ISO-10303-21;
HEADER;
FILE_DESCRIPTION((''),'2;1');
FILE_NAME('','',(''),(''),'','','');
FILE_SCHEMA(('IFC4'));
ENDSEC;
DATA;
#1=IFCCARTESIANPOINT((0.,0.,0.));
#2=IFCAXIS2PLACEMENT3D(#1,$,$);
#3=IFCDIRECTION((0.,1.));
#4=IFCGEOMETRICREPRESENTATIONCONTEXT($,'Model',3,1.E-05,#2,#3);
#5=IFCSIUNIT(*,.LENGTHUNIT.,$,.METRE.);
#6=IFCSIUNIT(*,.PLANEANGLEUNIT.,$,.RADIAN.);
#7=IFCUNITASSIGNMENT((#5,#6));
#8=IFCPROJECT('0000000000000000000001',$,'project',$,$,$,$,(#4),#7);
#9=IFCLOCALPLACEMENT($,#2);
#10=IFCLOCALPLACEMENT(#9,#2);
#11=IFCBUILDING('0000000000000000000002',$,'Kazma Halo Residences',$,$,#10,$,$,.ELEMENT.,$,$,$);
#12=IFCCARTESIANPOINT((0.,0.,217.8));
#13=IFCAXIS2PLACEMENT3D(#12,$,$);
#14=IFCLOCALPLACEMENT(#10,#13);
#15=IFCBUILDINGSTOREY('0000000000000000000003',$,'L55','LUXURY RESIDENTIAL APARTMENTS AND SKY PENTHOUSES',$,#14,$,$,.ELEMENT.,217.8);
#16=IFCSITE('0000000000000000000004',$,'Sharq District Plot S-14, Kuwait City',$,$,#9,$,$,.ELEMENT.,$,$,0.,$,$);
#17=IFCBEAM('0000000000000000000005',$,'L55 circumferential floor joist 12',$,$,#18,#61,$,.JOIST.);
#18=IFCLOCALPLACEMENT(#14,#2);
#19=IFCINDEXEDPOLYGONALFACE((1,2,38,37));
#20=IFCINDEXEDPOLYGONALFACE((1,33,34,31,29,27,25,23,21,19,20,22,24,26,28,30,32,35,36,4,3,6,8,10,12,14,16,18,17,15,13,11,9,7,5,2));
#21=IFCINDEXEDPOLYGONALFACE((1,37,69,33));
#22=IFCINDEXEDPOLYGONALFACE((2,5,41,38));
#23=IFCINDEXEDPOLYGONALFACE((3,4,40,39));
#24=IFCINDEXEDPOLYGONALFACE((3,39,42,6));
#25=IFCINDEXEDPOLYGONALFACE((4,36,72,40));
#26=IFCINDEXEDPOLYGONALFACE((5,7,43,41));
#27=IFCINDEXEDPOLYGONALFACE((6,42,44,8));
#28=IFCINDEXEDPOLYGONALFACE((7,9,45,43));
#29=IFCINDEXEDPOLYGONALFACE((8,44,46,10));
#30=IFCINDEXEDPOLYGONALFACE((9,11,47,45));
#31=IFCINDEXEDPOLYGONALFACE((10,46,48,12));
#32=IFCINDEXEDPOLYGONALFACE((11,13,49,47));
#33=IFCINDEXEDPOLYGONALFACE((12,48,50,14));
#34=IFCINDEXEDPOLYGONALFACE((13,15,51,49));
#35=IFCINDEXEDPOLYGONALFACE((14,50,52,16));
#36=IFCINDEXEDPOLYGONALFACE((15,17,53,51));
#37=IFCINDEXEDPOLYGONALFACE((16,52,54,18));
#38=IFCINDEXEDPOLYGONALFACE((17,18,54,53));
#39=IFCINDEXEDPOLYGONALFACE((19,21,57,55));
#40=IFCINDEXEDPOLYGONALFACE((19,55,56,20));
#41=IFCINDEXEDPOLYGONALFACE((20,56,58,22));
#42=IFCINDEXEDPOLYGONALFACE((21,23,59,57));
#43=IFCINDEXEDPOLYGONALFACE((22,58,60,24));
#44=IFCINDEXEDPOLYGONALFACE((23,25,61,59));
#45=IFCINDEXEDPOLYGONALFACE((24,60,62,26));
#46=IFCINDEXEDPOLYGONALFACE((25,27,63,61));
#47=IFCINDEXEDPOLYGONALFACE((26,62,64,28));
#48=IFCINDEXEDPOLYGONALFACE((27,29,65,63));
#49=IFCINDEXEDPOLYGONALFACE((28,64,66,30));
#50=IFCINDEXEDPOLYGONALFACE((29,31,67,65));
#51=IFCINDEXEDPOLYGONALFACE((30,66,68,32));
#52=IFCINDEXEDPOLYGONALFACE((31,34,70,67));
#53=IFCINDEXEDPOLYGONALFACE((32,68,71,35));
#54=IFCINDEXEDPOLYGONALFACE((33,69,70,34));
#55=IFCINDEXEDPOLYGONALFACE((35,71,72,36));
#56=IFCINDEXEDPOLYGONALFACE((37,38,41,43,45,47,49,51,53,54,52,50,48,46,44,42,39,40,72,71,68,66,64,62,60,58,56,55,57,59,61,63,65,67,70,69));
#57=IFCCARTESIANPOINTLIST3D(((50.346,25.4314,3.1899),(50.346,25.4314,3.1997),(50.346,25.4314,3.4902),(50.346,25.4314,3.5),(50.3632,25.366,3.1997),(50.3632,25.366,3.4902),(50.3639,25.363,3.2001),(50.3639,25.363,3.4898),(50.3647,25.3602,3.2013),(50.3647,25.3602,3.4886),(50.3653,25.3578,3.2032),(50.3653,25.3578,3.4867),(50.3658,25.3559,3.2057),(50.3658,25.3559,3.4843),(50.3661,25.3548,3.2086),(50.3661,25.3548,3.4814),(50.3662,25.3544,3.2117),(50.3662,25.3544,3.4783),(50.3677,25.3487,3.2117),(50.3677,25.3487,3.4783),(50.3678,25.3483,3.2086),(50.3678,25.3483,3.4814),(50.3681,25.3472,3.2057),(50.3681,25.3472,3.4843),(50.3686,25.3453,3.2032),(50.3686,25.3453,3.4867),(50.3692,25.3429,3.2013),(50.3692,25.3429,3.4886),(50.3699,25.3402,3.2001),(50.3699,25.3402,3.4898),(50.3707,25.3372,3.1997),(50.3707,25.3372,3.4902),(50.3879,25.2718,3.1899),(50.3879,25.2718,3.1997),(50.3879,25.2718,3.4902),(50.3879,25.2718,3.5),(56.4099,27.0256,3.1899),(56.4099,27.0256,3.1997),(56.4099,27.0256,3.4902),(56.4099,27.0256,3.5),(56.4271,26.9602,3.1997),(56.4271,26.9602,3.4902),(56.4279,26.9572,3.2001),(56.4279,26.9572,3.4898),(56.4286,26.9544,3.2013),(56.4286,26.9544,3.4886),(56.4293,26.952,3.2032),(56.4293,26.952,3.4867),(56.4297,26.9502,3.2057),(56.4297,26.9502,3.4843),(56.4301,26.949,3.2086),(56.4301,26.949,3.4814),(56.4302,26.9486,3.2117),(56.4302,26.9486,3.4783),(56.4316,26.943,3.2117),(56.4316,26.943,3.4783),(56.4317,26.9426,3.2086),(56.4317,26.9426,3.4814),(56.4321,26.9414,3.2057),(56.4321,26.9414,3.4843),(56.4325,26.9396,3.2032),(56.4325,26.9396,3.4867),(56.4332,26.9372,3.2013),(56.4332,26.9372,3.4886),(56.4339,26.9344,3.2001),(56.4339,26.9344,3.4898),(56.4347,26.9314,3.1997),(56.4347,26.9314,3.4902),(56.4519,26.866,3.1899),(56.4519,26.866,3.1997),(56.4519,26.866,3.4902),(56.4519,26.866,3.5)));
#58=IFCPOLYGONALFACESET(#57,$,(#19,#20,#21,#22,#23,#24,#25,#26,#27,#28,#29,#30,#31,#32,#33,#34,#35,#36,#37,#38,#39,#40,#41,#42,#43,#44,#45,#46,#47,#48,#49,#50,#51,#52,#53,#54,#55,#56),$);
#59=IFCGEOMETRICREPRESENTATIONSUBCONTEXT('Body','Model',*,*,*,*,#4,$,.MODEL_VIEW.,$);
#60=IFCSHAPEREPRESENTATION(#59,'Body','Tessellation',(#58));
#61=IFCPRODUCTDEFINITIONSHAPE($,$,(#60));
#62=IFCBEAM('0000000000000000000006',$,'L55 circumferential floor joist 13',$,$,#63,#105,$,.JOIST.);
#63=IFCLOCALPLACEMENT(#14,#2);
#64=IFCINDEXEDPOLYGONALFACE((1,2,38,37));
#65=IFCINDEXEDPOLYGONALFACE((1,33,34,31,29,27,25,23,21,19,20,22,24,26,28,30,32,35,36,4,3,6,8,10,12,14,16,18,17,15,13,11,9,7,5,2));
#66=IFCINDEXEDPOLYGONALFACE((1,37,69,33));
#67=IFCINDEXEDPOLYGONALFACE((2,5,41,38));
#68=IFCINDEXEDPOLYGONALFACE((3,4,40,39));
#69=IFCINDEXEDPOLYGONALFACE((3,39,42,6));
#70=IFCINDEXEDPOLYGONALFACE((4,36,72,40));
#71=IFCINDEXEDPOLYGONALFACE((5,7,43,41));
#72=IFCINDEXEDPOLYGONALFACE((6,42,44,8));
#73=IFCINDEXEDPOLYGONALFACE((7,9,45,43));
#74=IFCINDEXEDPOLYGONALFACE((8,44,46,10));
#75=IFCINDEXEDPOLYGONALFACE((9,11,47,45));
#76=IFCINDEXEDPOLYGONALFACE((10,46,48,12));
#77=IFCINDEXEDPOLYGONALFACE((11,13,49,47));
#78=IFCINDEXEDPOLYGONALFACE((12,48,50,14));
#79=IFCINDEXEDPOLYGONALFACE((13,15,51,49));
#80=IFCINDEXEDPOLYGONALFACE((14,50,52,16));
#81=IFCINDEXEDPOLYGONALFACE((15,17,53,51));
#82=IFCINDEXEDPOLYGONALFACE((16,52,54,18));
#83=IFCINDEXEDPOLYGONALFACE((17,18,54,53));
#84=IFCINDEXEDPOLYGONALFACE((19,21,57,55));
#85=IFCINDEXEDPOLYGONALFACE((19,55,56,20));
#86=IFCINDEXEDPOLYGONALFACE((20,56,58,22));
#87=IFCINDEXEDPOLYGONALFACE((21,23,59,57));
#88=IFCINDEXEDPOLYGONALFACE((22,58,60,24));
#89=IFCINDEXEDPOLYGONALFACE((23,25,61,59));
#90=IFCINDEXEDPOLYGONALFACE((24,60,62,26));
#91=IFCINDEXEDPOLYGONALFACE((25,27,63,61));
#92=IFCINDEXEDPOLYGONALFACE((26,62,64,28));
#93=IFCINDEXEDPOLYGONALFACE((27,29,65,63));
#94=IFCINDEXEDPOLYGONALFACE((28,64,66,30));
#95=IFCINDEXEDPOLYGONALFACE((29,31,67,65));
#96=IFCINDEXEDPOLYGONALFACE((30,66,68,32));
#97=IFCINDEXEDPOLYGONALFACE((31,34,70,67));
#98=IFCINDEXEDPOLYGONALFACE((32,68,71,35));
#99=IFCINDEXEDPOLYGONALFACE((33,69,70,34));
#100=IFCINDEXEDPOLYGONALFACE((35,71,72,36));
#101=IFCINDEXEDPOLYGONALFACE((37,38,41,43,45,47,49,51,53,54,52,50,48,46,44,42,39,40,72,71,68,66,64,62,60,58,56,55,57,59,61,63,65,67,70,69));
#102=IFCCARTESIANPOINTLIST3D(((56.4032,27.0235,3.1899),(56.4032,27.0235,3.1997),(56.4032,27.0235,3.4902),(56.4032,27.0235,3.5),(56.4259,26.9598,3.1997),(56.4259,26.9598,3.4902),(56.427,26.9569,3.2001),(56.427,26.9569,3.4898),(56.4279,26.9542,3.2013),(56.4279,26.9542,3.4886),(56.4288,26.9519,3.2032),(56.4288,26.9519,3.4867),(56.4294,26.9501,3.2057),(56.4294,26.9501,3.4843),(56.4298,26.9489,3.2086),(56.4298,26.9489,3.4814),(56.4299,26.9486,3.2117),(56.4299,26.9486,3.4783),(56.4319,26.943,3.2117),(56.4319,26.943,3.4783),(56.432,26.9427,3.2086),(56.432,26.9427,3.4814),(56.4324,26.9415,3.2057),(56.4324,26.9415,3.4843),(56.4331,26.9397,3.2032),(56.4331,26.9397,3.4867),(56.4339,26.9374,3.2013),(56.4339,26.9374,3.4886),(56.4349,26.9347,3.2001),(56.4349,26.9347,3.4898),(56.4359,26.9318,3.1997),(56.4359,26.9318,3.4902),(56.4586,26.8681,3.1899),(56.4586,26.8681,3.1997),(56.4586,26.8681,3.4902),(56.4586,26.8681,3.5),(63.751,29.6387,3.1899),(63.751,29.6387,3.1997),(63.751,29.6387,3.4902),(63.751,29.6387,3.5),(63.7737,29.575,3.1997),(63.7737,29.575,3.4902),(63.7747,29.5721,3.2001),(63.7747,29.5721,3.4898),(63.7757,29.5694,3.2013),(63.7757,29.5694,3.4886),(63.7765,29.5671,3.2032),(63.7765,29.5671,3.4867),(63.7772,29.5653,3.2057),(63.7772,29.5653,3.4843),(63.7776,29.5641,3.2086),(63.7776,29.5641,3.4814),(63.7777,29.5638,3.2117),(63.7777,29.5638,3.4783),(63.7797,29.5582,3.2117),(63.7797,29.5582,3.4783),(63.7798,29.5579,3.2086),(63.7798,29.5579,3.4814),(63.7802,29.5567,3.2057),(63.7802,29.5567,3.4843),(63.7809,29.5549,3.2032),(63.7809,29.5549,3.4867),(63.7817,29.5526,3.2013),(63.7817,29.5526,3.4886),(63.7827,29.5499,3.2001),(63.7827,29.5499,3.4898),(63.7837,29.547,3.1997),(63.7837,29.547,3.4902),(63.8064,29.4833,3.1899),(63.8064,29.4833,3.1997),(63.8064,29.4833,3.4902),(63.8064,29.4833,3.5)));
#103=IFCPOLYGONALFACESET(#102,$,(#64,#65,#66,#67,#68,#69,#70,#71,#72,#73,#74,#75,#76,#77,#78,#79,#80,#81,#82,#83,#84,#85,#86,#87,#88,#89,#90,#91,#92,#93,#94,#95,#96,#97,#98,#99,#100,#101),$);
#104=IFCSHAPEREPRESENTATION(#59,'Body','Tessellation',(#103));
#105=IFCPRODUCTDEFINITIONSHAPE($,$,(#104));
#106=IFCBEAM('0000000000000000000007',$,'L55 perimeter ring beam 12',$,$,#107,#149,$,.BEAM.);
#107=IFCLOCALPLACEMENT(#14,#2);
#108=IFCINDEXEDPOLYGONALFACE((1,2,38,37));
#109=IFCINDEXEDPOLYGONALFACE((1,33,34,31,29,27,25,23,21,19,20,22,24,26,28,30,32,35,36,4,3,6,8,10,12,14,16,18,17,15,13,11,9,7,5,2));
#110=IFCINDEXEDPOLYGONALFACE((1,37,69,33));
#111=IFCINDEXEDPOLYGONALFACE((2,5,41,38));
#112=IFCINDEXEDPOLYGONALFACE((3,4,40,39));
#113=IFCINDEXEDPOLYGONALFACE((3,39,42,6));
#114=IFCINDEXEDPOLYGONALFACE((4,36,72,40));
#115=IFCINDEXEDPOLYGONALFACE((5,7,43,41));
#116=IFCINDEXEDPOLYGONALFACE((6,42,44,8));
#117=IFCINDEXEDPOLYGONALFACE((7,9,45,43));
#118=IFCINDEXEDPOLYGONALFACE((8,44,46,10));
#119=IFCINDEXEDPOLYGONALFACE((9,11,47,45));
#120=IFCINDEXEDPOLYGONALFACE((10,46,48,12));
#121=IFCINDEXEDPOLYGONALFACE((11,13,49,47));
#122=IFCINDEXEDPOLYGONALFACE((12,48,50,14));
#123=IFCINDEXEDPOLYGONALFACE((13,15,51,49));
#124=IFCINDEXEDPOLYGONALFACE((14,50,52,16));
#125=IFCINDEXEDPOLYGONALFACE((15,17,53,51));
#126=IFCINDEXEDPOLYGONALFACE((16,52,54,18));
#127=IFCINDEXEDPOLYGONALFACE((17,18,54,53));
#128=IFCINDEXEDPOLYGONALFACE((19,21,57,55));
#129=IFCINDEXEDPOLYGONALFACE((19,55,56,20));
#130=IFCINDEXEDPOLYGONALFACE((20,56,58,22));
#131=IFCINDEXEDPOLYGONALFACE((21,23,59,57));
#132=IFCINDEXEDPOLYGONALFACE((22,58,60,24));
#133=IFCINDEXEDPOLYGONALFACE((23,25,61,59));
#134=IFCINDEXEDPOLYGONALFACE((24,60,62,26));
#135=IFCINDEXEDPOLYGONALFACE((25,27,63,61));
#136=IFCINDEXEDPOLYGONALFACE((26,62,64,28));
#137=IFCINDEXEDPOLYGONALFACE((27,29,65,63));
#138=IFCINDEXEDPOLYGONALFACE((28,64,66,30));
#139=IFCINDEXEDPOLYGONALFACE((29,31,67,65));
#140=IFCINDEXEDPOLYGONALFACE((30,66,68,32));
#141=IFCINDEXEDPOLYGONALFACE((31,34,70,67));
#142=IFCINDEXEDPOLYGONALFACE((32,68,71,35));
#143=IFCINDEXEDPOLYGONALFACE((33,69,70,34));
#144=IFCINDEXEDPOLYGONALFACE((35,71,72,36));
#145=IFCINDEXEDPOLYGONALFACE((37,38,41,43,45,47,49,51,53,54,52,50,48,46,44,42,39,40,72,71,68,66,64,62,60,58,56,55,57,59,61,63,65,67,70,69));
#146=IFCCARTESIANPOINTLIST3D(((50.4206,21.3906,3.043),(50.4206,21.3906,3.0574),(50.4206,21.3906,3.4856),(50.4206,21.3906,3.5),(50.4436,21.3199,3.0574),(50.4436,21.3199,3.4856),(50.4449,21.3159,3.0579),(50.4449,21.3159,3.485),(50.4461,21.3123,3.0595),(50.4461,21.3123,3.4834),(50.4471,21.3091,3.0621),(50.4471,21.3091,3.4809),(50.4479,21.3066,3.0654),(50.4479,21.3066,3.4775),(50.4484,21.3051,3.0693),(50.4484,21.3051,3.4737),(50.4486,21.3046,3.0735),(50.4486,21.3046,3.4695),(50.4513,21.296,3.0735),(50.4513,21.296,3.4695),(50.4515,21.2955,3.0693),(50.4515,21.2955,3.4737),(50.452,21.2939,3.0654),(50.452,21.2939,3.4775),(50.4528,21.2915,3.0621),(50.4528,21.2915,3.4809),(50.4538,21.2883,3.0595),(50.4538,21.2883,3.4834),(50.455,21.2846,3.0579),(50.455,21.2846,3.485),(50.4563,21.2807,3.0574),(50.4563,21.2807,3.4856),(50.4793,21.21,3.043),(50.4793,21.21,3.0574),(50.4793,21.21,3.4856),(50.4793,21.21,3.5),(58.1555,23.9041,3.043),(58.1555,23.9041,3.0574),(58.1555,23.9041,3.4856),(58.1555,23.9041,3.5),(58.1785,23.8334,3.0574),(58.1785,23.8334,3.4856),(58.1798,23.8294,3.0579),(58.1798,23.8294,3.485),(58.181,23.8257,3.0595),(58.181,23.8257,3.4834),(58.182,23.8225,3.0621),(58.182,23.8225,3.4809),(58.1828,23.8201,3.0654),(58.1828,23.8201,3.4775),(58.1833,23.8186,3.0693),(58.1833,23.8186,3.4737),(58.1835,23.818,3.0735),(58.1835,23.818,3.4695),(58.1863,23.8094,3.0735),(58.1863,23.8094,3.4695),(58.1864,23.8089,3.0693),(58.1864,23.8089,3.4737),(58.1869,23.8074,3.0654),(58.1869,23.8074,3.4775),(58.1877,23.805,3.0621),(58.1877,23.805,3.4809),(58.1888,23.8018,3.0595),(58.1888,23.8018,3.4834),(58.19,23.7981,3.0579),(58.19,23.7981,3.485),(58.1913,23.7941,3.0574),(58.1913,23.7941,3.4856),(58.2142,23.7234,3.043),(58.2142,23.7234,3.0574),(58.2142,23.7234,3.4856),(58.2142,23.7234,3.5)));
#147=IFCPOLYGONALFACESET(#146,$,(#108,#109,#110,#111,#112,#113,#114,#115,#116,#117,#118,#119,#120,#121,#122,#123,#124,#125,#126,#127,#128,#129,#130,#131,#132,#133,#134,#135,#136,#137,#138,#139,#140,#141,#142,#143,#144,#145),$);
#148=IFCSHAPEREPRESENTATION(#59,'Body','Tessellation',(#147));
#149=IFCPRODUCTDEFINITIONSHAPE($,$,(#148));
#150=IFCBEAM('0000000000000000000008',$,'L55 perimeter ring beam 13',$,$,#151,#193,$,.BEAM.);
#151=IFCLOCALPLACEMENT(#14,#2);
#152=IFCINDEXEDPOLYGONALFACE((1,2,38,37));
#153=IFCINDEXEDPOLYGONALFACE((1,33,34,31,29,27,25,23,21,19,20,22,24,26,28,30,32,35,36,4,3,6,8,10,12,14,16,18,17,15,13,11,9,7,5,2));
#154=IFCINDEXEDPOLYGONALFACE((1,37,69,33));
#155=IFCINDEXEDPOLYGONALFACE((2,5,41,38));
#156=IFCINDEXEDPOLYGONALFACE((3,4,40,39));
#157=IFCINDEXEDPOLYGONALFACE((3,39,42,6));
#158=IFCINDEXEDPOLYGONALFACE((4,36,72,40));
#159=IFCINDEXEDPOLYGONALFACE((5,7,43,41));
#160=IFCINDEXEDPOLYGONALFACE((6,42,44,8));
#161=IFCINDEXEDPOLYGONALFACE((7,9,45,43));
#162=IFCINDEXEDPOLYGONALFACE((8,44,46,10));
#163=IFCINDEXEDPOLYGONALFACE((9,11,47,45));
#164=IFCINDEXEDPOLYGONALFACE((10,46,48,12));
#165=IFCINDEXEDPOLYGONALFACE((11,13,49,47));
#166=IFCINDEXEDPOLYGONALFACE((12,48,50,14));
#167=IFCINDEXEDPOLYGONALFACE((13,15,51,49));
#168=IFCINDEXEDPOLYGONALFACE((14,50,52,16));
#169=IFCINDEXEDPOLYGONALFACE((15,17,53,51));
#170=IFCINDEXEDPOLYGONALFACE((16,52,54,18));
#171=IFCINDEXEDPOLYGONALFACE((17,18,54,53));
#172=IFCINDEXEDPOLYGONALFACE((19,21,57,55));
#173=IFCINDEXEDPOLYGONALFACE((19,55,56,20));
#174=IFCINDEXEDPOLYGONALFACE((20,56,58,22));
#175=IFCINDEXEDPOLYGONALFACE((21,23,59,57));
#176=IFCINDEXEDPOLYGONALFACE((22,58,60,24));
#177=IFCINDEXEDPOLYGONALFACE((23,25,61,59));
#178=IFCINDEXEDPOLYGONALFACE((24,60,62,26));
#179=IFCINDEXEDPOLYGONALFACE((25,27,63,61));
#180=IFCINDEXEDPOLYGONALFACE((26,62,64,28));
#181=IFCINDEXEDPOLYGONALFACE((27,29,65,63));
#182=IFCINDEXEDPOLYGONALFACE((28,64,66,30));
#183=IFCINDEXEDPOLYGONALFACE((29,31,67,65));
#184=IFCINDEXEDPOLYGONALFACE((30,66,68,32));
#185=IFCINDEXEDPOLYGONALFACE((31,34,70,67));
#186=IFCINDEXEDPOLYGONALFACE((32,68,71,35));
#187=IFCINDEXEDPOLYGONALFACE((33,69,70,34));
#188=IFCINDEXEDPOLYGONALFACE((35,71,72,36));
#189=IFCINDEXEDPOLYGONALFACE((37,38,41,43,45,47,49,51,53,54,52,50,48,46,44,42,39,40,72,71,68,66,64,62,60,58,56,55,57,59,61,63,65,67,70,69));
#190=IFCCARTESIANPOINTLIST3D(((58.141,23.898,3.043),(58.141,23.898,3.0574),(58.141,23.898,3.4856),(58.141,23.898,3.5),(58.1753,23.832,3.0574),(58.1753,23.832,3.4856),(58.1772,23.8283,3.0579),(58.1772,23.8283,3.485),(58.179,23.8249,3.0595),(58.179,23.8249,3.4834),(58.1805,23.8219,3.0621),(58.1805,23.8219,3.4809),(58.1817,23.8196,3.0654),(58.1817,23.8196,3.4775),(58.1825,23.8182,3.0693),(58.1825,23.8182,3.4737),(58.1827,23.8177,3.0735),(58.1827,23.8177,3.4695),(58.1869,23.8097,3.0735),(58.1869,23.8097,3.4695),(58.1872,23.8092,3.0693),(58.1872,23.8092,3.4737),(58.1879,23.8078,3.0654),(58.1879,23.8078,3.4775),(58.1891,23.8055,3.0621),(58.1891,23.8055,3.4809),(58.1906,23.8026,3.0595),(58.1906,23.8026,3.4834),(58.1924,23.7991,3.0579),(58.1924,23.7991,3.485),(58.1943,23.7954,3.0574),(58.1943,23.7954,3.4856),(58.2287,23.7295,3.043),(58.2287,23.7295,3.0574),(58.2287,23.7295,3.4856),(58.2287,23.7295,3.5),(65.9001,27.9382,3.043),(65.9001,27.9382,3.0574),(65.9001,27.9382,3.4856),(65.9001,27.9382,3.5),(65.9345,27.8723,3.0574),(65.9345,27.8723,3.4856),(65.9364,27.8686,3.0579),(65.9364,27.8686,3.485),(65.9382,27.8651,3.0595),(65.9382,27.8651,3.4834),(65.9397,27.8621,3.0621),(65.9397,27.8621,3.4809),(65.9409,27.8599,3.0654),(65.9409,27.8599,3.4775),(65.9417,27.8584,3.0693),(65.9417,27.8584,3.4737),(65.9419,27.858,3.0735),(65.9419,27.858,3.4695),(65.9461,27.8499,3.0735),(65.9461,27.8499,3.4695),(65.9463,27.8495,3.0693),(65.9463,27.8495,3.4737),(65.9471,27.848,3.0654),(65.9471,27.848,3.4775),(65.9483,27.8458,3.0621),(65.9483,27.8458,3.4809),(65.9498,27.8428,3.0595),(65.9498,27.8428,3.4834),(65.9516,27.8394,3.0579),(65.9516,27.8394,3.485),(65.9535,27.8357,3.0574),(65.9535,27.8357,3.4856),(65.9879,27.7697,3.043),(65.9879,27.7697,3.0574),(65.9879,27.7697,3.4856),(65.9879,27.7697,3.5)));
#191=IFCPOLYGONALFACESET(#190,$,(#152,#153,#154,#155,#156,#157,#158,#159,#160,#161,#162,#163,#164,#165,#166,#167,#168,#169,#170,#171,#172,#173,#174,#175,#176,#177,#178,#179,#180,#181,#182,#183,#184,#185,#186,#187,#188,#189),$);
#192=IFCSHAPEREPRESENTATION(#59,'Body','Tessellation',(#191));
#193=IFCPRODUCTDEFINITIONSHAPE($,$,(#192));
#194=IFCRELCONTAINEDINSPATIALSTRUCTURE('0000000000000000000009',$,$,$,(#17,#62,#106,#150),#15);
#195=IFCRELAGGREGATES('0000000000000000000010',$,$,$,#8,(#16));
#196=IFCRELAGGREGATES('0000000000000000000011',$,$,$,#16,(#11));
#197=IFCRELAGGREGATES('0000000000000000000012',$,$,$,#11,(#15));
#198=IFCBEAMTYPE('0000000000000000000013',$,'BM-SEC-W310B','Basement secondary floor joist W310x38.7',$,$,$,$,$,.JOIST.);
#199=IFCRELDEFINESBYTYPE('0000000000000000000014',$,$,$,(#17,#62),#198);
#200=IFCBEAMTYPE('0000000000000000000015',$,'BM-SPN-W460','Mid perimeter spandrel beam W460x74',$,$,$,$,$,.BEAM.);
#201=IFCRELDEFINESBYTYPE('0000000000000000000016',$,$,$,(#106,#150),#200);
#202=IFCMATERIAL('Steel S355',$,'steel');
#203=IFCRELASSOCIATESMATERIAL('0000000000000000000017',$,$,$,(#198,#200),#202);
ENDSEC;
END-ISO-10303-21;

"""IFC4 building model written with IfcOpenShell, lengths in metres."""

from ifc_helpers import new_model, si_unit, direction, frame, origin, origin_2d, place, context, subcontext, project, spatial, i_section, extrude, material, material_profile, profile_set, type_object, element, save


model = new_model("IFC4")

# Units and contexts
model_context = context("Model", 3, precision=1e-05, world=origin(), true_north=direction((0.0, 1.0)))
body_context = subcontext(model_context, "Body", "Model", "MODEL_VIEW")
ifc_project = project(units=[si_unit("LENGTHUNIT", "METRE"), si_unit("PLANEANGLEUNIT", "RADIAN")], contexts=[model_context])

# Site, building, storey
site_placement = place(None, origin())
site = spatial("IfcSite", under=ifc_project, at=site_placement, Name="Sharq District Plot S-14, Kuwait City", CompositionType="ELEMENT", RefElevation=0.0)
building_placement = place(site_placement, origin())
building = spatial("IfcBuilding", under=site, at=building_placement, Name="Kazma Halo Residences", CompositionType="ELEMENT")
storey_placement = place(building_placement, frame((0.0, 0.0, 217.8)))
storey = spatial("IfcBuildingStorey", under=building, at=storey_placement, Name="L55", Description="LUXURY RESIDENTIAL APARTMENTS AND SKY PENTHOUSES", CompositionType="ELEMENT", Elevation=217.8)

# Beams
ifc_material_1 = material(Name="Steel S355", Category="steel")
ifc_material_profile_1 = material_profile(ifc_material_1, i_section(OverallWidth=0.165, OverallDepth=0.3101, WebThickness=0.0059, FlangeThickness=0.0098, FilletRadius=0.012, at=origin_2d()), Name="W310x38.7")
ifc_profile_set_1 = profile_set([ifc_material_profile_1], Name="Steel S355")
beam_type_1 = type_object("IfcBeamType", Name="BM-SEC-W310B", Description="Basement secondary floor joist W310x38.7", PredefinedType="JOIST", material=ifc_profile_set_1)
beam_1_placement = place(storey_placement, frame((50.3669, 25.3516, 3.345), z_axis=(0.967135, 0.254263, 0.0), x_axis=(-0.254263, 0.967135, 0.0)))
element("IfcBeam", 1, at=beam_1_placement, inside=storey, type_object=beam_type_1, Name="L55 circumferential floor joist 12", PredefinedType="JOIST", context=body_context, shape_type="SweptSolid", body=[
    extrude(i_section(OverallWidth=0.165, OverallDepth=0.3101, WebThickness=0.0059, FlangeThickness=0.0098, FilletRadius=0.012, at=origin_2d()), origin(), (0.0, 0.0, 1.0), 6.27),
])
beam_2_placement = place(storey_placement, frame((56.4309, 26.9458, 3.345), z_axis=(0.942107, 0.335311, 0.0), x_axis=(-0.335311, 0.942107, 0.0)))
element("IfcBeam", 2, at=beam_2_placement, inside=storey, type_object=beam_type_1, Name="L55 circumferential floor joist 13", PredefinedType="JOIST", context=body_context, shape_type="SweptSolid", body=[
    extrude(i_section(OverallWidth=0.165, OverallDepth=0.3101, WebThickness=0.0059, FlangeThickness=0.0098, FilletRadius=0.012, at=origin_2d()), origin(), (0.0, 0.0, 1.0), 7.7993),
])
ifc_material_profile_2 = material_profile(ifc_material_1, i_section(OverallWidth=0.1899, OverallDepth=0.457, WebThickness=0.009, FlangeThickness=0.0144, FilletRadius=0.0161, at=origin_2d()), Name="W460x74")
ifc_profile_set_2 = profile_set([ifc_material_profile_2], Name="Steel S355")
beam_type_2 = type_object("IfcBeamType", Name="BM-SPN-W460", Description="Mid perimeter spandrel beam W460x74", PredefinedType="BEAM", material=ifc_profile_set_2)
beam_3_placement = place(storey_placement, frame((50.45, 21.3003, 3.2715), z_axis=(0.951049, 0.309041, 0.0), x_axis=(-0.309041, 0.951049, 0.0)))
element("IfcBeam", 3, at=beam_3_placement, inside=storey, type_object=beam_type_2, Name="L55 perimeter ring beam 12", PredefinedType="BEAM", context=body_context, shape_type="SweptSolid", body=[
    extrude(i_section(OverallWidth=0.1899, OverallDepth=0.457, WebThickness=0.009, FlangeThickness=0.0144, FilletRadius=0.0161, at=origin_2d()), origin(), (0.0, 0.0, 1.0), 8.1331),
])
beam_4_placement = place(storey_placement, frame((58.1848, 23.8137, 3.2715), z_axis=(0.886961, 0.461844, 0.0), x_axis=(-0.461844, 0.886961, 0.0)))
element("IfcBeam", 4, at=beam_4_placement, inside=storey, type_object=beam_type_2, Name="L55 perimeter ring beam 13", PredefinedType="BEAM", context=body_context, shape_type="SweptSolid", body=[
    extrude(i_section(OverallWidth=0.1899, OverallDepth=0.457, WebThickness=0.009, FlangeThickness=0.0144, FilletRadius=0.0161, at=origin_2d()), origin(), (0.0, 0.0, 1.0), 8.748),
])

save(model, "model.ifc")
